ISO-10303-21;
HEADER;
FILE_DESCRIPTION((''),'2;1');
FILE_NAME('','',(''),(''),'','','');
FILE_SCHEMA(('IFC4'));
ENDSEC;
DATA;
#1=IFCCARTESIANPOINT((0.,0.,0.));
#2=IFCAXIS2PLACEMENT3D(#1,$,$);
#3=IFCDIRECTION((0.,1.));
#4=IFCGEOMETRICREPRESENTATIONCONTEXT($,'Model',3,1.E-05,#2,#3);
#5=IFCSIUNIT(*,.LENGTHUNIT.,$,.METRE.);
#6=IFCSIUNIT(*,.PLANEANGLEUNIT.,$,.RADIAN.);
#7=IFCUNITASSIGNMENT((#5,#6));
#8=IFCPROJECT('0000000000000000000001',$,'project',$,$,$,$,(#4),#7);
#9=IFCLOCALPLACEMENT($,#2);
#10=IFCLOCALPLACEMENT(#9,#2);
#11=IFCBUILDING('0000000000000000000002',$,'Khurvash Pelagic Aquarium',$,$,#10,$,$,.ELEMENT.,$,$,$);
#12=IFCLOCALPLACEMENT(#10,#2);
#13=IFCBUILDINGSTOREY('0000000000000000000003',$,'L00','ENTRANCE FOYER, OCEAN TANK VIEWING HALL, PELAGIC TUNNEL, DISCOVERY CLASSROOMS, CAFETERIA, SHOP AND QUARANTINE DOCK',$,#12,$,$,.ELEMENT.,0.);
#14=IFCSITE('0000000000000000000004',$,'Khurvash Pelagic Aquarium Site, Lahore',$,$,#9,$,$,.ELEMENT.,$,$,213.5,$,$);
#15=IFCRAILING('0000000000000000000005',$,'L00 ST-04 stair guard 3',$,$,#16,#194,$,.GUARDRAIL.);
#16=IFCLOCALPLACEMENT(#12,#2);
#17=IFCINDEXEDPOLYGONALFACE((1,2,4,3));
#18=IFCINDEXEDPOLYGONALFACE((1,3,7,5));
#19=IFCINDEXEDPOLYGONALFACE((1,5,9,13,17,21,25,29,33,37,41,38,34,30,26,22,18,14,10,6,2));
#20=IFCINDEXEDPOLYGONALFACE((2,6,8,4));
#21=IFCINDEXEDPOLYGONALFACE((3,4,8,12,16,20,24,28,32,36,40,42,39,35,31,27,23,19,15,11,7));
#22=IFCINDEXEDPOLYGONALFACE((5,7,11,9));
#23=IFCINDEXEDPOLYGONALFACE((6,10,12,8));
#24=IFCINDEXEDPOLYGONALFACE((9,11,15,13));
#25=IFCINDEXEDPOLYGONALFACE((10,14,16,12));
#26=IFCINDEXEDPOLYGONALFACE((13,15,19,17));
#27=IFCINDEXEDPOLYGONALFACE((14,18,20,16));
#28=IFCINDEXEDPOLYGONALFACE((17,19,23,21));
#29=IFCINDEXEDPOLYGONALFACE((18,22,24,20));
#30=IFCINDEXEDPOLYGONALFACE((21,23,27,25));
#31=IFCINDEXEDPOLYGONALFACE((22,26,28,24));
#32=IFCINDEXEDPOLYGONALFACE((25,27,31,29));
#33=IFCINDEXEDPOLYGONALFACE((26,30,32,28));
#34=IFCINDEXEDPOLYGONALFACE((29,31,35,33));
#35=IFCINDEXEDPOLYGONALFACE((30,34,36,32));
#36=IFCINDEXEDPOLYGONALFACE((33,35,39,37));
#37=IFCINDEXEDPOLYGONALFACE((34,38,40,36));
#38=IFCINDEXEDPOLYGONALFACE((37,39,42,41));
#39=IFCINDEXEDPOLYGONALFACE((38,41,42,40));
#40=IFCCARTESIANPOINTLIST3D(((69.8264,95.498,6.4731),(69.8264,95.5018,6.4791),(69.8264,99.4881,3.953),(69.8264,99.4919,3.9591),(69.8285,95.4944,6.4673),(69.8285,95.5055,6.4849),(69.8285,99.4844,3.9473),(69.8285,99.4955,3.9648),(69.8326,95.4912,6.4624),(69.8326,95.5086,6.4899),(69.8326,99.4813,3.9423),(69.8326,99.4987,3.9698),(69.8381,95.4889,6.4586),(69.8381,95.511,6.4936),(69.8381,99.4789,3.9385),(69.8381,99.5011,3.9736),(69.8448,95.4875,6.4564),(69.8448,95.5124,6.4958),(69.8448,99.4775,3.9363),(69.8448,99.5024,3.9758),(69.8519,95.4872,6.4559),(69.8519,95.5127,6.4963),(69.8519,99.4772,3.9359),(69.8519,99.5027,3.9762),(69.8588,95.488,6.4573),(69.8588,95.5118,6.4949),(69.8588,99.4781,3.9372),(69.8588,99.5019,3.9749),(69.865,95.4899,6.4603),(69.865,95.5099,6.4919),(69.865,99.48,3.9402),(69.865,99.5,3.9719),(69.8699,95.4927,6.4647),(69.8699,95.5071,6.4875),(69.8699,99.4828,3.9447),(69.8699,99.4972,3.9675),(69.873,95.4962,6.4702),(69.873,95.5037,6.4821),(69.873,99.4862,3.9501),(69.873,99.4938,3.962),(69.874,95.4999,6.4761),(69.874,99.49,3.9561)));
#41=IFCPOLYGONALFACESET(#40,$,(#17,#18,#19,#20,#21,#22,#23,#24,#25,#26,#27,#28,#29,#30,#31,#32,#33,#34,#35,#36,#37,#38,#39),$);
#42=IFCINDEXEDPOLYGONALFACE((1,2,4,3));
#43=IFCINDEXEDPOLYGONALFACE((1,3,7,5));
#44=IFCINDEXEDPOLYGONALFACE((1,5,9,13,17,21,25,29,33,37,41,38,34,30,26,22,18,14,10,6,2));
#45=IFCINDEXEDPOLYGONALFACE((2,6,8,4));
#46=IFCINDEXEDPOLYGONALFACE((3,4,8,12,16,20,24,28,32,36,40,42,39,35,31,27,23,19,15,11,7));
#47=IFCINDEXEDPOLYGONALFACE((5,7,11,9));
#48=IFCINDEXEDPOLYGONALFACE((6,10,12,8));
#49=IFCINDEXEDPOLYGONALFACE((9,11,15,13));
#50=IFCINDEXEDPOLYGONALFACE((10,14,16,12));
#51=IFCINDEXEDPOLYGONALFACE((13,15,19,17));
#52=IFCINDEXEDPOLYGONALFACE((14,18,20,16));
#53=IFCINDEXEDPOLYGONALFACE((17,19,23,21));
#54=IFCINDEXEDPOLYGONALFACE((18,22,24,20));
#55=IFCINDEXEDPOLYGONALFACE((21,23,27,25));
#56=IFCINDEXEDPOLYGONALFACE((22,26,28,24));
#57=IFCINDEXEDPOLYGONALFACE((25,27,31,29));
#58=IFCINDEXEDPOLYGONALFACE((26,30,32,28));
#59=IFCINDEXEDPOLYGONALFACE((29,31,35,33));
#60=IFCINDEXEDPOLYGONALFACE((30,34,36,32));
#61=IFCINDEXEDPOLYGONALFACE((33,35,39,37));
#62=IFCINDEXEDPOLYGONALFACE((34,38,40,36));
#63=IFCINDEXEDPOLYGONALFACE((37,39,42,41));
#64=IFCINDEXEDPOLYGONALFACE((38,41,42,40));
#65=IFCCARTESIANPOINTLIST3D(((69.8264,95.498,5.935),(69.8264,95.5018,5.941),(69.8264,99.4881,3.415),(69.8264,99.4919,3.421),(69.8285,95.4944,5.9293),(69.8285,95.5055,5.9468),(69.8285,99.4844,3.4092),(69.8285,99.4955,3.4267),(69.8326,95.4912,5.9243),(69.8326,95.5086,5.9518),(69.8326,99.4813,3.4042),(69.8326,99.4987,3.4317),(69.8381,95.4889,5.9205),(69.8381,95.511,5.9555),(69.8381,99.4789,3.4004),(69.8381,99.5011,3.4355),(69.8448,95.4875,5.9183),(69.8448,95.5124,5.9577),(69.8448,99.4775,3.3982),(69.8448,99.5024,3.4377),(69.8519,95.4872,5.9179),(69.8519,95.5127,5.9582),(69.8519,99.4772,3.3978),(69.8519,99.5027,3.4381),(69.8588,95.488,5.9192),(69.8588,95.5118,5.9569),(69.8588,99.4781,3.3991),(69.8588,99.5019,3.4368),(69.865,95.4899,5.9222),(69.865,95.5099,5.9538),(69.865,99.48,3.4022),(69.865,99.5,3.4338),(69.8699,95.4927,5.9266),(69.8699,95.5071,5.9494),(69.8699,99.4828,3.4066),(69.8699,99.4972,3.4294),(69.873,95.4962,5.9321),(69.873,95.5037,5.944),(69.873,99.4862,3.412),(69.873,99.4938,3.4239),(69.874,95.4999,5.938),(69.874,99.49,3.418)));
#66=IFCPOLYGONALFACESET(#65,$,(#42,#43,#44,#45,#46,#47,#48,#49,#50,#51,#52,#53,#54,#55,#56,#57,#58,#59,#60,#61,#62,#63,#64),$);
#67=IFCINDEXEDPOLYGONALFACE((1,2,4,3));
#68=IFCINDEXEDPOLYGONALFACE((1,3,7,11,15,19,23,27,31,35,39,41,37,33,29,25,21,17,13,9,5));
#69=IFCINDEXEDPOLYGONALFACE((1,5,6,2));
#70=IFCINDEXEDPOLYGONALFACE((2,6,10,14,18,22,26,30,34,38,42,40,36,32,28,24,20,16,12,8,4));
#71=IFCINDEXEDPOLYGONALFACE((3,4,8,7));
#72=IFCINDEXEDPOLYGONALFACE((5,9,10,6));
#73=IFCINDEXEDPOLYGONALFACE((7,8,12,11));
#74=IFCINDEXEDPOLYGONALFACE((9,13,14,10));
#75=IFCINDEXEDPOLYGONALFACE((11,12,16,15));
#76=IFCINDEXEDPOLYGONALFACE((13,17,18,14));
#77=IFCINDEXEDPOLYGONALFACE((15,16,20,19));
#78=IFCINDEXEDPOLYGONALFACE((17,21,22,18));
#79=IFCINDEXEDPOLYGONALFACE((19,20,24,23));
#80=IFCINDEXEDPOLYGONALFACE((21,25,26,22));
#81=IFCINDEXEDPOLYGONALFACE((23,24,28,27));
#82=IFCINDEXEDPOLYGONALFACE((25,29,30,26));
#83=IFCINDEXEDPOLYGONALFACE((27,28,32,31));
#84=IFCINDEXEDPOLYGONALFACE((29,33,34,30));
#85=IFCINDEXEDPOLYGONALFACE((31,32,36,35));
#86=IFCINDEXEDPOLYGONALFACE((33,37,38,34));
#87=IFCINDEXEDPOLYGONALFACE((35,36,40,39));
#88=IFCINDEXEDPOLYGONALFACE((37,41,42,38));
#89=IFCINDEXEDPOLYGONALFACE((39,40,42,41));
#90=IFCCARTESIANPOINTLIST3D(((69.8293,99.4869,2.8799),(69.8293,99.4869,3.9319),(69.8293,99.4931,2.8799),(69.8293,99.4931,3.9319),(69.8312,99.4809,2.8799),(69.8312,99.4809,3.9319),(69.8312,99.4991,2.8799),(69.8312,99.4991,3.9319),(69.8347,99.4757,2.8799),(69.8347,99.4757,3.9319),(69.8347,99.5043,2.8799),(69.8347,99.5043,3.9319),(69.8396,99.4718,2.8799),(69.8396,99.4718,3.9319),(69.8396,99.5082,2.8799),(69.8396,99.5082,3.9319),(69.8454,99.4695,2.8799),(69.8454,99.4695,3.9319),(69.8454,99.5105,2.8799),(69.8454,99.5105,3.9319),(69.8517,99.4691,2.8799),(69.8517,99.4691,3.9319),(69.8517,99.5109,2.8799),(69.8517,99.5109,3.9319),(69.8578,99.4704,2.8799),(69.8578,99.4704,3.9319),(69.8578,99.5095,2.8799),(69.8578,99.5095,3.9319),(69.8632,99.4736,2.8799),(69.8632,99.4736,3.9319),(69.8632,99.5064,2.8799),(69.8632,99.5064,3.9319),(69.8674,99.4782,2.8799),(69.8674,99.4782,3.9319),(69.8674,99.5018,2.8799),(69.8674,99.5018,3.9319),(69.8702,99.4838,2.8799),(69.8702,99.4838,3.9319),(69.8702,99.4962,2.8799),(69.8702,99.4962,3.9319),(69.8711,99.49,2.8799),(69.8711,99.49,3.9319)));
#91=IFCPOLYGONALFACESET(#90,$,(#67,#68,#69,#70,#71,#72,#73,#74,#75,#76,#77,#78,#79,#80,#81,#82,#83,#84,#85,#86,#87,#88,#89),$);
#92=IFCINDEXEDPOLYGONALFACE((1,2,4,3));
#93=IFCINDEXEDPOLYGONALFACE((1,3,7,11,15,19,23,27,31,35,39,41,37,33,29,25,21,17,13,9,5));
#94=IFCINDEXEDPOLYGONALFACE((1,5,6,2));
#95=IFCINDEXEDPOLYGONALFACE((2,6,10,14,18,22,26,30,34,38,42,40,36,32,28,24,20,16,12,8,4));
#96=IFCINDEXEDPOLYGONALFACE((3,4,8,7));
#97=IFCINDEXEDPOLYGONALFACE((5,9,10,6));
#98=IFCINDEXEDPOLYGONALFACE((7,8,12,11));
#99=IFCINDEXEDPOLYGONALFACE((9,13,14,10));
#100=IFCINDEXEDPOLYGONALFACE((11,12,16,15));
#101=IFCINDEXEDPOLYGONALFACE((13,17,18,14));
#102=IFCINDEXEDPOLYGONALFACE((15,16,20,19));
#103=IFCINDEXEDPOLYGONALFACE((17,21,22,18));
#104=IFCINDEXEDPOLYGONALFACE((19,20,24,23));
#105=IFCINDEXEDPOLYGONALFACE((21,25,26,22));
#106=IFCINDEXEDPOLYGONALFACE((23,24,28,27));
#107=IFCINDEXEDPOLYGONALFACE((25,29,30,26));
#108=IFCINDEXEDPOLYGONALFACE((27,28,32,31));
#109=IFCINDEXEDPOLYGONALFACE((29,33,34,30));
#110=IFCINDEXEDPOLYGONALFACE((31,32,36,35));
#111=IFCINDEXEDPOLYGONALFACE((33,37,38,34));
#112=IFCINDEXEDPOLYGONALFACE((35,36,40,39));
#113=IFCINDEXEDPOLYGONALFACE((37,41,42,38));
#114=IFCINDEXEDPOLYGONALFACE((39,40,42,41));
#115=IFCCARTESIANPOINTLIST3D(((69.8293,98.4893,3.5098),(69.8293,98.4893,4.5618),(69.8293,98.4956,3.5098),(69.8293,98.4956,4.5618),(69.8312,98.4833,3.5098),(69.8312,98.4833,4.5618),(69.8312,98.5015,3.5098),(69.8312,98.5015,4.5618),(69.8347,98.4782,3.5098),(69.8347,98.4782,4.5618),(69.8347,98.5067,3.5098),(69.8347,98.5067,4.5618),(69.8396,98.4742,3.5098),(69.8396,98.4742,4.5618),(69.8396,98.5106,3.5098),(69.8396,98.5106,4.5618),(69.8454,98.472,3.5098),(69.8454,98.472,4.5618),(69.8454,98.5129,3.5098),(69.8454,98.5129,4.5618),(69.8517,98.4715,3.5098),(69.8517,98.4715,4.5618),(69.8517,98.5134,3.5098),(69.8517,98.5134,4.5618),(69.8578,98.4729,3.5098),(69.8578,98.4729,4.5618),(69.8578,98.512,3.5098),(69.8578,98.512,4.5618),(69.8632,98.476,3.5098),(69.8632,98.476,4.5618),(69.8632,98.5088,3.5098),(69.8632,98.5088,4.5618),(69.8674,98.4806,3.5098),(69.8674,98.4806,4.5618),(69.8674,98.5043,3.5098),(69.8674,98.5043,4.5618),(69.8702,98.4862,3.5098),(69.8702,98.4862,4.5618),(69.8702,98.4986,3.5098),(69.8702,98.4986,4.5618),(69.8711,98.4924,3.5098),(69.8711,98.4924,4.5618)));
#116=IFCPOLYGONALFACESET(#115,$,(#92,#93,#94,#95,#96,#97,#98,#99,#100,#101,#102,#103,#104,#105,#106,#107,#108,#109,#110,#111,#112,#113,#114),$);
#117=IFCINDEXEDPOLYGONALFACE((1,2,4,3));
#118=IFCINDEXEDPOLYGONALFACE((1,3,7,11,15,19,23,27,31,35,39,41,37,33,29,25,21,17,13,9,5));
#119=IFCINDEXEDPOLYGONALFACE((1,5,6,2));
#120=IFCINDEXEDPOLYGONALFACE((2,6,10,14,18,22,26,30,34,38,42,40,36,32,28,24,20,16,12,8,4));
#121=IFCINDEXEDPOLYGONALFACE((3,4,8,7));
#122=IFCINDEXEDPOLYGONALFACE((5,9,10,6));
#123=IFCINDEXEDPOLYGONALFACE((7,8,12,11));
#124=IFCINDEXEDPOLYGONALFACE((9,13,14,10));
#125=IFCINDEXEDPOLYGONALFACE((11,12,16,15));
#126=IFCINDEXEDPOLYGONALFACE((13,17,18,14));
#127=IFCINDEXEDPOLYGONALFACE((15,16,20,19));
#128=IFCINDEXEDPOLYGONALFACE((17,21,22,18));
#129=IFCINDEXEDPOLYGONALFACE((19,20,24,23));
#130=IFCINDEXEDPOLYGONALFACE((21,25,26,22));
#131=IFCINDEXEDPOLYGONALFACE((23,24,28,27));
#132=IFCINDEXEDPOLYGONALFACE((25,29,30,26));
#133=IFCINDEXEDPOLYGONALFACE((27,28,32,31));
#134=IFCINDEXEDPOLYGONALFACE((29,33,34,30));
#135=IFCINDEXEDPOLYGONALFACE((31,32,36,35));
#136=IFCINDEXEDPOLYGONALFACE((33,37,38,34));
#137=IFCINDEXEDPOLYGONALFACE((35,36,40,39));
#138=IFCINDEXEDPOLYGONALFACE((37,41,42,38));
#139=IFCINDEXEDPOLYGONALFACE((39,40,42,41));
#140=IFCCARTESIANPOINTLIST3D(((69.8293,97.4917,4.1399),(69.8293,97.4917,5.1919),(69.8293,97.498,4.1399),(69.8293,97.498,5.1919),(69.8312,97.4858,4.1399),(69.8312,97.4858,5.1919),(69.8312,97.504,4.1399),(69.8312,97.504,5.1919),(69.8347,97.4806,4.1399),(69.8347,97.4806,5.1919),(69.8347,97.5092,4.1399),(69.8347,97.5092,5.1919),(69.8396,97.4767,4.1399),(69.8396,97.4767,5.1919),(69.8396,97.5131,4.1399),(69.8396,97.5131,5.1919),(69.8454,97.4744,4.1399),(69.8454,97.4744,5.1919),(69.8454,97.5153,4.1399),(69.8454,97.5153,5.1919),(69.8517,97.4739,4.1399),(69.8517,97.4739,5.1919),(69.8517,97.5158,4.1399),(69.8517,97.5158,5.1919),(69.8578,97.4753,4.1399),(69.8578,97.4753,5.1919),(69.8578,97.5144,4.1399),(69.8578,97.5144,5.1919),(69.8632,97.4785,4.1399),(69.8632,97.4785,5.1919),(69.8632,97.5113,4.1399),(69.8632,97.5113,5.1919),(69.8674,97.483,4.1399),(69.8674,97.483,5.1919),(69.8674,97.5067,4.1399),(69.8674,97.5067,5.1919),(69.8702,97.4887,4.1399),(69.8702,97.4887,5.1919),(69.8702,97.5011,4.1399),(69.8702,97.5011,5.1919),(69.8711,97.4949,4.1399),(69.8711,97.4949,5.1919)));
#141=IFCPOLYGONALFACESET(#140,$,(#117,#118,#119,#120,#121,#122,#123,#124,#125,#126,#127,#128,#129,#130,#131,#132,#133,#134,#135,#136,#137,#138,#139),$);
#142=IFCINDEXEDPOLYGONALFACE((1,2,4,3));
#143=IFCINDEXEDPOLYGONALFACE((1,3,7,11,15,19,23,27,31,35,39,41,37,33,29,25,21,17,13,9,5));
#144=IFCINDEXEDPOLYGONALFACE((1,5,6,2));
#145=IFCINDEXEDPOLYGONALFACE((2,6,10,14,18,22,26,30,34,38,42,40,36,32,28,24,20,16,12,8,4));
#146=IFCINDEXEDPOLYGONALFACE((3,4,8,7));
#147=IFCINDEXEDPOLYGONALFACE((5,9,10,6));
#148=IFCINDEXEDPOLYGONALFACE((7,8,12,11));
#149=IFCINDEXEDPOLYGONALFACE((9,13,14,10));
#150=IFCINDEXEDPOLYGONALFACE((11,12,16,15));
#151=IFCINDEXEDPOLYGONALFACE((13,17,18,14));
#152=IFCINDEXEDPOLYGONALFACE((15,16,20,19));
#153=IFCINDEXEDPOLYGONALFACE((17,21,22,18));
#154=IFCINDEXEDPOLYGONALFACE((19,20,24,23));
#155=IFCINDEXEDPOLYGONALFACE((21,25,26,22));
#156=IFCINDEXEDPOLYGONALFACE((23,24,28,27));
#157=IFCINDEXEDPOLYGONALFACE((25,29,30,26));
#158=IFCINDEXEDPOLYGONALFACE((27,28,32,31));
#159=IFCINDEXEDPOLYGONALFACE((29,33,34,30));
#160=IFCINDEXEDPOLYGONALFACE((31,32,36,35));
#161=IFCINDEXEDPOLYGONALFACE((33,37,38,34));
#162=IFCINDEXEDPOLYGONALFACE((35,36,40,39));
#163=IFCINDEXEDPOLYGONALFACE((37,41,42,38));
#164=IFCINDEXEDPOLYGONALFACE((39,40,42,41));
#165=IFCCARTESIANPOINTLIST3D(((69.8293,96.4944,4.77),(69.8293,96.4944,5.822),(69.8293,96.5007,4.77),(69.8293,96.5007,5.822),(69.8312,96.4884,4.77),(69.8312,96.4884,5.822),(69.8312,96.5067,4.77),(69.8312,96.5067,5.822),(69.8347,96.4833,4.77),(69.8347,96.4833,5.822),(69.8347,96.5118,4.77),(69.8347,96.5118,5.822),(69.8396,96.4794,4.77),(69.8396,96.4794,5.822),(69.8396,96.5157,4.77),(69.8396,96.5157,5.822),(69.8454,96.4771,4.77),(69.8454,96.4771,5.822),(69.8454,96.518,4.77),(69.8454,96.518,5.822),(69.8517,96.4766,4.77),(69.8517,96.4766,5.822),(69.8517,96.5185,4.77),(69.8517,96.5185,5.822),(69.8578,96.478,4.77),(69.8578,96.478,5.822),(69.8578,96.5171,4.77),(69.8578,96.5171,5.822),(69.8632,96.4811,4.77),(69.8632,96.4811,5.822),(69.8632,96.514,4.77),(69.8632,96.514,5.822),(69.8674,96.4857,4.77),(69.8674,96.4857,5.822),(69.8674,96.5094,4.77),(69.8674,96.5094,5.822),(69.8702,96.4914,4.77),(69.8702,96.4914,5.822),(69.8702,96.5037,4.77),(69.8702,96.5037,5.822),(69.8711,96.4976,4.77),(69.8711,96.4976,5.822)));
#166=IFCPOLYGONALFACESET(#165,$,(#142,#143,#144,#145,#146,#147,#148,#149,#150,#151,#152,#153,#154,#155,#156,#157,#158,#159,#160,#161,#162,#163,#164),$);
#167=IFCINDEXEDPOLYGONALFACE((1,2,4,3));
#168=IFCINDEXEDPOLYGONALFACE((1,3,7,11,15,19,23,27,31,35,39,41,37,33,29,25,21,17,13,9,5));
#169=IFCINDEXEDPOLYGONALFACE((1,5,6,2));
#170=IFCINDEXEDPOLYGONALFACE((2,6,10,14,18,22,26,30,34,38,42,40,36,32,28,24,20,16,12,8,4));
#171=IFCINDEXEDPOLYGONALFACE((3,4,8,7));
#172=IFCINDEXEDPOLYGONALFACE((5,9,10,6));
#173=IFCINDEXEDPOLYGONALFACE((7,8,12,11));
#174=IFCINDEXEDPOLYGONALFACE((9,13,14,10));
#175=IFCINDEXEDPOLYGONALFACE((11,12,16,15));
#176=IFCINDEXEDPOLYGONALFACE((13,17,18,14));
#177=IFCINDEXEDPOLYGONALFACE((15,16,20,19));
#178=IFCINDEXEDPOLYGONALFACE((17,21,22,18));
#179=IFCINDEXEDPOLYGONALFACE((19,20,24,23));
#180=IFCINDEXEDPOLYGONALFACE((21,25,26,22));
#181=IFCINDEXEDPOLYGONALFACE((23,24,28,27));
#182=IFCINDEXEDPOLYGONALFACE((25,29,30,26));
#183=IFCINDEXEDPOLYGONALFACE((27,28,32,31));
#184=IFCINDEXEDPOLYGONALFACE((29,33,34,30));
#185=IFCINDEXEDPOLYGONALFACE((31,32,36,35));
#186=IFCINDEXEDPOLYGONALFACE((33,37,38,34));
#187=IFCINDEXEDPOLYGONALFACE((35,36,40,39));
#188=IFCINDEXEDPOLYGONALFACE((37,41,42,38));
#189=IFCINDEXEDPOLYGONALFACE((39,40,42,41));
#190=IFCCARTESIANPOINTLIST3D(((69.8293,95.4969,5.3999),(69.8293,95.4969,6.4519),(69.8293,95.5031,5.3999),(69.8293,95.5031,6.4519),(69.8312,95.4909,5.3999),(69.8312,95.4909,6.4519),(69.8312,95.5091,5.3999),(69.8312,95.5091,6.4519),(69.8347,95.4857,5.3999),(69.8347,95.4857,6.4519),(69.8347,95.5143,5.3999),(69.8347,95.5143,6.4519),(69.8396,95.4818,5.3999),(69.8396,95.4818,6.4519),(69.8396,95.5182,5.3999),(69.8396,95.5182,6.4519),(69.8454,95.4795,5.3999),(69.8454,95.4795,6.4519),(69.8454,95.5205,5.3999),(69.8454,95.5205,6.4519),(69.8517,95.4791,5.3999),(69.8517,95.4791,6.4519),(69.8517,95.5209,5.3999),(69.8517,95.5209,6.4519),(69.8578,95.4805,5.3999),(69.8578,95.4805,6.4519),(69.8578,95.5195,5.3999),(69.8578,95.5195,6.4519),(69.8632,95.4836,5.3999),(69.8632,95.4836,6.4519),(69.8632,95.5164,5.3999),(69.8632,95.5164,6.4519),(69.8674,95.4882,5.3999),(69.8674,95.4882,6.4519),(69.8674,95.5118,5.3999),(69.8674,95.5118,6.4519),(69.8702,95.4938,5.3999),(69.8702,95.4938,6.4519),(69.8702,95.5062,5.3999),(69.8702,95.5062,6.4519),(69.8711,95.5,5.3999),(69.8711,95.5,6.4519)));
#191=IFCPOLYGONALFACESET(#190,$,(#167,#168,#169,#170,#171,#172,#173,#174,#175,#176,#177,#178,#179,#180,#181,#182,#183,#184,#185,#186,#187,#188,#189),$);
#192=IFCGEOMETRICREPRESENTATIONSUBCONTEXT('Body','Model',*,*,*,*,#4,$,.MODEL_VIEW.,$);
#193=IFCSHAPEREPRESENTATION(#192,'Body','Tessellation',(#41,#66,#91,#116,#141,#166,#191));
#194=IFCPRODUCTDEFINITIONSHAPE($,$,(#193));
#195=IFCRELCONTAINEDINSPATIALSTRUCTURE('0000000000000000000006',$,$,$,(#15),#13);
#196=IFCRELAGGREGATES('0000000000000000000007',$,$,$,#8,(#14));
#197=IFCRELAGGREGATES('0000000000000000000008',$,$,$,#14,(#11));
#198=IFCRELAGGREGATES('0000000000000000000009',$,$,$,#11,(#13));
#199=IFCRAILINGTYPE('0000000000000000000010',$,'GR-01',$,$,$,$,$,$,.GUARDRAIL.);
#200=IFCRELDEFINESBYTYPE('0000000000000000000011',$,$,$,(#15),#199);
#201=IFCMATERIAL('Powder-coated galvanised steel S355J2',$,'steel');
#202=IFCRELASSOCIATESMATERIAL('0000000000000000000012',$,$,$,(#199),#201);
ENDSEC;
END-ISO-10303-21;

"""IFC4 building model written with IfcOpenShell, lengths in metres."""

from ifc_helpers import new_model, si_unit, direction, frame, origin, origin_2d, place, context, subcontext, project, spatial, circle, extrude, material, type_object, element, save


model = new_model("IFC4")

# Units and contexts
model_context = context("Model", 3, precision=1e-05, world=origin(), true_north=direction((0.0, 1.0)))
body_context = subcontext(model_context, "Body", "Model", "MODEL_VIEW")
ifc_project = project(units=[si_unit("LENGTHUNIT", "METRE"), si_unit("PLANEANGLEUNIT", "RADIAN")], contexts=[model_context])

# Site, building, storey
site_placement = place(None, origin())
site = spatial("IfcSite", under=ifc_project, at=site_placement, Name="Khurvash Pelagic Aquarium Site, Lahore", CompositionType="ELEMENT", RefElevation=213.5)
building_placement = place(site_placement, origin())
building = spatial("IfcBuilding", under=site, at=building_placement, Name="Khurvash Pelagic Aquarium", CompositionType="ELEMENT")
storey_placement = place(building_placement, origin())
storey = spatial("IfcBuildingStorey", under=building, at=storey_placement, Name="L00", Description="ENTRANCE FOYER, OCEAN TANK VIEWING HALL, PELAGIC TUNNEL, DISCOVERY CLASSROOMS, CAFETERIA, SHOP AND QUARANTINE DOCK", CompositionType="ELEMENT", Elevation=0.0)

# Railing
ifc_material_1 = material(Name="Powder-coated galvanised steel S355J2", Category="steel")
railing_type_1 = type_object("IfcRailingType", Name="GR-01", PredefinedType="GUARDRAIL", material=ifc_material_1)
railing_1_placement = place(storey_placement, frame((69.8501, 99.49, 2.8799)))
element("IfcRailing", 1, at=railing_1_placement, inside=storey, type_object=railing_type_1, Name="L00 ST-04 stair guard 3", PredefinedType="GUARDRAIL", context=body_context, shape_type="SweptSolid", body=[
    extrude(circle(Radius=0.0239, at=origin_2d()), frame((0.0, 0.0, 1.0762), z_axis=(0.0, -0.845486, 0.533997), x_axis=(1.0, 0.0, 0.0)), (0.0, 0.0, 1.0), 4.7192),
    extrude(circle(Radius=0.0239, at=origin_2d()), frame((0.0, 0.0, 0.5381), z_axis=(0.0, -0.845486, 0.533997), x_axis=(1.0, 0.0, 0.0)), (0.0, 0.0, 1.0), 4.7192),
    extrude(circle(Radius=0.021, at=origin_2d()), origin(), (0.0, 0.0, 1.0), 1.052),
    extrude(circle(Radius=0.021, at=origin_2d()), frame((0.0, -0.9976, 0.6299)), (0.0, 0.0, 1.0), 1.052),
    extrude(circle(Radius=0.021, at=origin_2d()), frame((0.0, -1.9951, 1.26)), (0.0, 0.0, 1.0), 1.052),
    extrude(circle(Radius=0.021, at=origin_2d()), frame((0.0, -2.9924, 1.8901)), (0.0, 0.0, 1.0), 1.052),
    extrude(circle(Radius=0.021, at=origin_2d()), frame((0.0, -3.99, 2.52)), (0.0, 0.0, 1.0), 1.052),
])

save(model, "model.ifc")
